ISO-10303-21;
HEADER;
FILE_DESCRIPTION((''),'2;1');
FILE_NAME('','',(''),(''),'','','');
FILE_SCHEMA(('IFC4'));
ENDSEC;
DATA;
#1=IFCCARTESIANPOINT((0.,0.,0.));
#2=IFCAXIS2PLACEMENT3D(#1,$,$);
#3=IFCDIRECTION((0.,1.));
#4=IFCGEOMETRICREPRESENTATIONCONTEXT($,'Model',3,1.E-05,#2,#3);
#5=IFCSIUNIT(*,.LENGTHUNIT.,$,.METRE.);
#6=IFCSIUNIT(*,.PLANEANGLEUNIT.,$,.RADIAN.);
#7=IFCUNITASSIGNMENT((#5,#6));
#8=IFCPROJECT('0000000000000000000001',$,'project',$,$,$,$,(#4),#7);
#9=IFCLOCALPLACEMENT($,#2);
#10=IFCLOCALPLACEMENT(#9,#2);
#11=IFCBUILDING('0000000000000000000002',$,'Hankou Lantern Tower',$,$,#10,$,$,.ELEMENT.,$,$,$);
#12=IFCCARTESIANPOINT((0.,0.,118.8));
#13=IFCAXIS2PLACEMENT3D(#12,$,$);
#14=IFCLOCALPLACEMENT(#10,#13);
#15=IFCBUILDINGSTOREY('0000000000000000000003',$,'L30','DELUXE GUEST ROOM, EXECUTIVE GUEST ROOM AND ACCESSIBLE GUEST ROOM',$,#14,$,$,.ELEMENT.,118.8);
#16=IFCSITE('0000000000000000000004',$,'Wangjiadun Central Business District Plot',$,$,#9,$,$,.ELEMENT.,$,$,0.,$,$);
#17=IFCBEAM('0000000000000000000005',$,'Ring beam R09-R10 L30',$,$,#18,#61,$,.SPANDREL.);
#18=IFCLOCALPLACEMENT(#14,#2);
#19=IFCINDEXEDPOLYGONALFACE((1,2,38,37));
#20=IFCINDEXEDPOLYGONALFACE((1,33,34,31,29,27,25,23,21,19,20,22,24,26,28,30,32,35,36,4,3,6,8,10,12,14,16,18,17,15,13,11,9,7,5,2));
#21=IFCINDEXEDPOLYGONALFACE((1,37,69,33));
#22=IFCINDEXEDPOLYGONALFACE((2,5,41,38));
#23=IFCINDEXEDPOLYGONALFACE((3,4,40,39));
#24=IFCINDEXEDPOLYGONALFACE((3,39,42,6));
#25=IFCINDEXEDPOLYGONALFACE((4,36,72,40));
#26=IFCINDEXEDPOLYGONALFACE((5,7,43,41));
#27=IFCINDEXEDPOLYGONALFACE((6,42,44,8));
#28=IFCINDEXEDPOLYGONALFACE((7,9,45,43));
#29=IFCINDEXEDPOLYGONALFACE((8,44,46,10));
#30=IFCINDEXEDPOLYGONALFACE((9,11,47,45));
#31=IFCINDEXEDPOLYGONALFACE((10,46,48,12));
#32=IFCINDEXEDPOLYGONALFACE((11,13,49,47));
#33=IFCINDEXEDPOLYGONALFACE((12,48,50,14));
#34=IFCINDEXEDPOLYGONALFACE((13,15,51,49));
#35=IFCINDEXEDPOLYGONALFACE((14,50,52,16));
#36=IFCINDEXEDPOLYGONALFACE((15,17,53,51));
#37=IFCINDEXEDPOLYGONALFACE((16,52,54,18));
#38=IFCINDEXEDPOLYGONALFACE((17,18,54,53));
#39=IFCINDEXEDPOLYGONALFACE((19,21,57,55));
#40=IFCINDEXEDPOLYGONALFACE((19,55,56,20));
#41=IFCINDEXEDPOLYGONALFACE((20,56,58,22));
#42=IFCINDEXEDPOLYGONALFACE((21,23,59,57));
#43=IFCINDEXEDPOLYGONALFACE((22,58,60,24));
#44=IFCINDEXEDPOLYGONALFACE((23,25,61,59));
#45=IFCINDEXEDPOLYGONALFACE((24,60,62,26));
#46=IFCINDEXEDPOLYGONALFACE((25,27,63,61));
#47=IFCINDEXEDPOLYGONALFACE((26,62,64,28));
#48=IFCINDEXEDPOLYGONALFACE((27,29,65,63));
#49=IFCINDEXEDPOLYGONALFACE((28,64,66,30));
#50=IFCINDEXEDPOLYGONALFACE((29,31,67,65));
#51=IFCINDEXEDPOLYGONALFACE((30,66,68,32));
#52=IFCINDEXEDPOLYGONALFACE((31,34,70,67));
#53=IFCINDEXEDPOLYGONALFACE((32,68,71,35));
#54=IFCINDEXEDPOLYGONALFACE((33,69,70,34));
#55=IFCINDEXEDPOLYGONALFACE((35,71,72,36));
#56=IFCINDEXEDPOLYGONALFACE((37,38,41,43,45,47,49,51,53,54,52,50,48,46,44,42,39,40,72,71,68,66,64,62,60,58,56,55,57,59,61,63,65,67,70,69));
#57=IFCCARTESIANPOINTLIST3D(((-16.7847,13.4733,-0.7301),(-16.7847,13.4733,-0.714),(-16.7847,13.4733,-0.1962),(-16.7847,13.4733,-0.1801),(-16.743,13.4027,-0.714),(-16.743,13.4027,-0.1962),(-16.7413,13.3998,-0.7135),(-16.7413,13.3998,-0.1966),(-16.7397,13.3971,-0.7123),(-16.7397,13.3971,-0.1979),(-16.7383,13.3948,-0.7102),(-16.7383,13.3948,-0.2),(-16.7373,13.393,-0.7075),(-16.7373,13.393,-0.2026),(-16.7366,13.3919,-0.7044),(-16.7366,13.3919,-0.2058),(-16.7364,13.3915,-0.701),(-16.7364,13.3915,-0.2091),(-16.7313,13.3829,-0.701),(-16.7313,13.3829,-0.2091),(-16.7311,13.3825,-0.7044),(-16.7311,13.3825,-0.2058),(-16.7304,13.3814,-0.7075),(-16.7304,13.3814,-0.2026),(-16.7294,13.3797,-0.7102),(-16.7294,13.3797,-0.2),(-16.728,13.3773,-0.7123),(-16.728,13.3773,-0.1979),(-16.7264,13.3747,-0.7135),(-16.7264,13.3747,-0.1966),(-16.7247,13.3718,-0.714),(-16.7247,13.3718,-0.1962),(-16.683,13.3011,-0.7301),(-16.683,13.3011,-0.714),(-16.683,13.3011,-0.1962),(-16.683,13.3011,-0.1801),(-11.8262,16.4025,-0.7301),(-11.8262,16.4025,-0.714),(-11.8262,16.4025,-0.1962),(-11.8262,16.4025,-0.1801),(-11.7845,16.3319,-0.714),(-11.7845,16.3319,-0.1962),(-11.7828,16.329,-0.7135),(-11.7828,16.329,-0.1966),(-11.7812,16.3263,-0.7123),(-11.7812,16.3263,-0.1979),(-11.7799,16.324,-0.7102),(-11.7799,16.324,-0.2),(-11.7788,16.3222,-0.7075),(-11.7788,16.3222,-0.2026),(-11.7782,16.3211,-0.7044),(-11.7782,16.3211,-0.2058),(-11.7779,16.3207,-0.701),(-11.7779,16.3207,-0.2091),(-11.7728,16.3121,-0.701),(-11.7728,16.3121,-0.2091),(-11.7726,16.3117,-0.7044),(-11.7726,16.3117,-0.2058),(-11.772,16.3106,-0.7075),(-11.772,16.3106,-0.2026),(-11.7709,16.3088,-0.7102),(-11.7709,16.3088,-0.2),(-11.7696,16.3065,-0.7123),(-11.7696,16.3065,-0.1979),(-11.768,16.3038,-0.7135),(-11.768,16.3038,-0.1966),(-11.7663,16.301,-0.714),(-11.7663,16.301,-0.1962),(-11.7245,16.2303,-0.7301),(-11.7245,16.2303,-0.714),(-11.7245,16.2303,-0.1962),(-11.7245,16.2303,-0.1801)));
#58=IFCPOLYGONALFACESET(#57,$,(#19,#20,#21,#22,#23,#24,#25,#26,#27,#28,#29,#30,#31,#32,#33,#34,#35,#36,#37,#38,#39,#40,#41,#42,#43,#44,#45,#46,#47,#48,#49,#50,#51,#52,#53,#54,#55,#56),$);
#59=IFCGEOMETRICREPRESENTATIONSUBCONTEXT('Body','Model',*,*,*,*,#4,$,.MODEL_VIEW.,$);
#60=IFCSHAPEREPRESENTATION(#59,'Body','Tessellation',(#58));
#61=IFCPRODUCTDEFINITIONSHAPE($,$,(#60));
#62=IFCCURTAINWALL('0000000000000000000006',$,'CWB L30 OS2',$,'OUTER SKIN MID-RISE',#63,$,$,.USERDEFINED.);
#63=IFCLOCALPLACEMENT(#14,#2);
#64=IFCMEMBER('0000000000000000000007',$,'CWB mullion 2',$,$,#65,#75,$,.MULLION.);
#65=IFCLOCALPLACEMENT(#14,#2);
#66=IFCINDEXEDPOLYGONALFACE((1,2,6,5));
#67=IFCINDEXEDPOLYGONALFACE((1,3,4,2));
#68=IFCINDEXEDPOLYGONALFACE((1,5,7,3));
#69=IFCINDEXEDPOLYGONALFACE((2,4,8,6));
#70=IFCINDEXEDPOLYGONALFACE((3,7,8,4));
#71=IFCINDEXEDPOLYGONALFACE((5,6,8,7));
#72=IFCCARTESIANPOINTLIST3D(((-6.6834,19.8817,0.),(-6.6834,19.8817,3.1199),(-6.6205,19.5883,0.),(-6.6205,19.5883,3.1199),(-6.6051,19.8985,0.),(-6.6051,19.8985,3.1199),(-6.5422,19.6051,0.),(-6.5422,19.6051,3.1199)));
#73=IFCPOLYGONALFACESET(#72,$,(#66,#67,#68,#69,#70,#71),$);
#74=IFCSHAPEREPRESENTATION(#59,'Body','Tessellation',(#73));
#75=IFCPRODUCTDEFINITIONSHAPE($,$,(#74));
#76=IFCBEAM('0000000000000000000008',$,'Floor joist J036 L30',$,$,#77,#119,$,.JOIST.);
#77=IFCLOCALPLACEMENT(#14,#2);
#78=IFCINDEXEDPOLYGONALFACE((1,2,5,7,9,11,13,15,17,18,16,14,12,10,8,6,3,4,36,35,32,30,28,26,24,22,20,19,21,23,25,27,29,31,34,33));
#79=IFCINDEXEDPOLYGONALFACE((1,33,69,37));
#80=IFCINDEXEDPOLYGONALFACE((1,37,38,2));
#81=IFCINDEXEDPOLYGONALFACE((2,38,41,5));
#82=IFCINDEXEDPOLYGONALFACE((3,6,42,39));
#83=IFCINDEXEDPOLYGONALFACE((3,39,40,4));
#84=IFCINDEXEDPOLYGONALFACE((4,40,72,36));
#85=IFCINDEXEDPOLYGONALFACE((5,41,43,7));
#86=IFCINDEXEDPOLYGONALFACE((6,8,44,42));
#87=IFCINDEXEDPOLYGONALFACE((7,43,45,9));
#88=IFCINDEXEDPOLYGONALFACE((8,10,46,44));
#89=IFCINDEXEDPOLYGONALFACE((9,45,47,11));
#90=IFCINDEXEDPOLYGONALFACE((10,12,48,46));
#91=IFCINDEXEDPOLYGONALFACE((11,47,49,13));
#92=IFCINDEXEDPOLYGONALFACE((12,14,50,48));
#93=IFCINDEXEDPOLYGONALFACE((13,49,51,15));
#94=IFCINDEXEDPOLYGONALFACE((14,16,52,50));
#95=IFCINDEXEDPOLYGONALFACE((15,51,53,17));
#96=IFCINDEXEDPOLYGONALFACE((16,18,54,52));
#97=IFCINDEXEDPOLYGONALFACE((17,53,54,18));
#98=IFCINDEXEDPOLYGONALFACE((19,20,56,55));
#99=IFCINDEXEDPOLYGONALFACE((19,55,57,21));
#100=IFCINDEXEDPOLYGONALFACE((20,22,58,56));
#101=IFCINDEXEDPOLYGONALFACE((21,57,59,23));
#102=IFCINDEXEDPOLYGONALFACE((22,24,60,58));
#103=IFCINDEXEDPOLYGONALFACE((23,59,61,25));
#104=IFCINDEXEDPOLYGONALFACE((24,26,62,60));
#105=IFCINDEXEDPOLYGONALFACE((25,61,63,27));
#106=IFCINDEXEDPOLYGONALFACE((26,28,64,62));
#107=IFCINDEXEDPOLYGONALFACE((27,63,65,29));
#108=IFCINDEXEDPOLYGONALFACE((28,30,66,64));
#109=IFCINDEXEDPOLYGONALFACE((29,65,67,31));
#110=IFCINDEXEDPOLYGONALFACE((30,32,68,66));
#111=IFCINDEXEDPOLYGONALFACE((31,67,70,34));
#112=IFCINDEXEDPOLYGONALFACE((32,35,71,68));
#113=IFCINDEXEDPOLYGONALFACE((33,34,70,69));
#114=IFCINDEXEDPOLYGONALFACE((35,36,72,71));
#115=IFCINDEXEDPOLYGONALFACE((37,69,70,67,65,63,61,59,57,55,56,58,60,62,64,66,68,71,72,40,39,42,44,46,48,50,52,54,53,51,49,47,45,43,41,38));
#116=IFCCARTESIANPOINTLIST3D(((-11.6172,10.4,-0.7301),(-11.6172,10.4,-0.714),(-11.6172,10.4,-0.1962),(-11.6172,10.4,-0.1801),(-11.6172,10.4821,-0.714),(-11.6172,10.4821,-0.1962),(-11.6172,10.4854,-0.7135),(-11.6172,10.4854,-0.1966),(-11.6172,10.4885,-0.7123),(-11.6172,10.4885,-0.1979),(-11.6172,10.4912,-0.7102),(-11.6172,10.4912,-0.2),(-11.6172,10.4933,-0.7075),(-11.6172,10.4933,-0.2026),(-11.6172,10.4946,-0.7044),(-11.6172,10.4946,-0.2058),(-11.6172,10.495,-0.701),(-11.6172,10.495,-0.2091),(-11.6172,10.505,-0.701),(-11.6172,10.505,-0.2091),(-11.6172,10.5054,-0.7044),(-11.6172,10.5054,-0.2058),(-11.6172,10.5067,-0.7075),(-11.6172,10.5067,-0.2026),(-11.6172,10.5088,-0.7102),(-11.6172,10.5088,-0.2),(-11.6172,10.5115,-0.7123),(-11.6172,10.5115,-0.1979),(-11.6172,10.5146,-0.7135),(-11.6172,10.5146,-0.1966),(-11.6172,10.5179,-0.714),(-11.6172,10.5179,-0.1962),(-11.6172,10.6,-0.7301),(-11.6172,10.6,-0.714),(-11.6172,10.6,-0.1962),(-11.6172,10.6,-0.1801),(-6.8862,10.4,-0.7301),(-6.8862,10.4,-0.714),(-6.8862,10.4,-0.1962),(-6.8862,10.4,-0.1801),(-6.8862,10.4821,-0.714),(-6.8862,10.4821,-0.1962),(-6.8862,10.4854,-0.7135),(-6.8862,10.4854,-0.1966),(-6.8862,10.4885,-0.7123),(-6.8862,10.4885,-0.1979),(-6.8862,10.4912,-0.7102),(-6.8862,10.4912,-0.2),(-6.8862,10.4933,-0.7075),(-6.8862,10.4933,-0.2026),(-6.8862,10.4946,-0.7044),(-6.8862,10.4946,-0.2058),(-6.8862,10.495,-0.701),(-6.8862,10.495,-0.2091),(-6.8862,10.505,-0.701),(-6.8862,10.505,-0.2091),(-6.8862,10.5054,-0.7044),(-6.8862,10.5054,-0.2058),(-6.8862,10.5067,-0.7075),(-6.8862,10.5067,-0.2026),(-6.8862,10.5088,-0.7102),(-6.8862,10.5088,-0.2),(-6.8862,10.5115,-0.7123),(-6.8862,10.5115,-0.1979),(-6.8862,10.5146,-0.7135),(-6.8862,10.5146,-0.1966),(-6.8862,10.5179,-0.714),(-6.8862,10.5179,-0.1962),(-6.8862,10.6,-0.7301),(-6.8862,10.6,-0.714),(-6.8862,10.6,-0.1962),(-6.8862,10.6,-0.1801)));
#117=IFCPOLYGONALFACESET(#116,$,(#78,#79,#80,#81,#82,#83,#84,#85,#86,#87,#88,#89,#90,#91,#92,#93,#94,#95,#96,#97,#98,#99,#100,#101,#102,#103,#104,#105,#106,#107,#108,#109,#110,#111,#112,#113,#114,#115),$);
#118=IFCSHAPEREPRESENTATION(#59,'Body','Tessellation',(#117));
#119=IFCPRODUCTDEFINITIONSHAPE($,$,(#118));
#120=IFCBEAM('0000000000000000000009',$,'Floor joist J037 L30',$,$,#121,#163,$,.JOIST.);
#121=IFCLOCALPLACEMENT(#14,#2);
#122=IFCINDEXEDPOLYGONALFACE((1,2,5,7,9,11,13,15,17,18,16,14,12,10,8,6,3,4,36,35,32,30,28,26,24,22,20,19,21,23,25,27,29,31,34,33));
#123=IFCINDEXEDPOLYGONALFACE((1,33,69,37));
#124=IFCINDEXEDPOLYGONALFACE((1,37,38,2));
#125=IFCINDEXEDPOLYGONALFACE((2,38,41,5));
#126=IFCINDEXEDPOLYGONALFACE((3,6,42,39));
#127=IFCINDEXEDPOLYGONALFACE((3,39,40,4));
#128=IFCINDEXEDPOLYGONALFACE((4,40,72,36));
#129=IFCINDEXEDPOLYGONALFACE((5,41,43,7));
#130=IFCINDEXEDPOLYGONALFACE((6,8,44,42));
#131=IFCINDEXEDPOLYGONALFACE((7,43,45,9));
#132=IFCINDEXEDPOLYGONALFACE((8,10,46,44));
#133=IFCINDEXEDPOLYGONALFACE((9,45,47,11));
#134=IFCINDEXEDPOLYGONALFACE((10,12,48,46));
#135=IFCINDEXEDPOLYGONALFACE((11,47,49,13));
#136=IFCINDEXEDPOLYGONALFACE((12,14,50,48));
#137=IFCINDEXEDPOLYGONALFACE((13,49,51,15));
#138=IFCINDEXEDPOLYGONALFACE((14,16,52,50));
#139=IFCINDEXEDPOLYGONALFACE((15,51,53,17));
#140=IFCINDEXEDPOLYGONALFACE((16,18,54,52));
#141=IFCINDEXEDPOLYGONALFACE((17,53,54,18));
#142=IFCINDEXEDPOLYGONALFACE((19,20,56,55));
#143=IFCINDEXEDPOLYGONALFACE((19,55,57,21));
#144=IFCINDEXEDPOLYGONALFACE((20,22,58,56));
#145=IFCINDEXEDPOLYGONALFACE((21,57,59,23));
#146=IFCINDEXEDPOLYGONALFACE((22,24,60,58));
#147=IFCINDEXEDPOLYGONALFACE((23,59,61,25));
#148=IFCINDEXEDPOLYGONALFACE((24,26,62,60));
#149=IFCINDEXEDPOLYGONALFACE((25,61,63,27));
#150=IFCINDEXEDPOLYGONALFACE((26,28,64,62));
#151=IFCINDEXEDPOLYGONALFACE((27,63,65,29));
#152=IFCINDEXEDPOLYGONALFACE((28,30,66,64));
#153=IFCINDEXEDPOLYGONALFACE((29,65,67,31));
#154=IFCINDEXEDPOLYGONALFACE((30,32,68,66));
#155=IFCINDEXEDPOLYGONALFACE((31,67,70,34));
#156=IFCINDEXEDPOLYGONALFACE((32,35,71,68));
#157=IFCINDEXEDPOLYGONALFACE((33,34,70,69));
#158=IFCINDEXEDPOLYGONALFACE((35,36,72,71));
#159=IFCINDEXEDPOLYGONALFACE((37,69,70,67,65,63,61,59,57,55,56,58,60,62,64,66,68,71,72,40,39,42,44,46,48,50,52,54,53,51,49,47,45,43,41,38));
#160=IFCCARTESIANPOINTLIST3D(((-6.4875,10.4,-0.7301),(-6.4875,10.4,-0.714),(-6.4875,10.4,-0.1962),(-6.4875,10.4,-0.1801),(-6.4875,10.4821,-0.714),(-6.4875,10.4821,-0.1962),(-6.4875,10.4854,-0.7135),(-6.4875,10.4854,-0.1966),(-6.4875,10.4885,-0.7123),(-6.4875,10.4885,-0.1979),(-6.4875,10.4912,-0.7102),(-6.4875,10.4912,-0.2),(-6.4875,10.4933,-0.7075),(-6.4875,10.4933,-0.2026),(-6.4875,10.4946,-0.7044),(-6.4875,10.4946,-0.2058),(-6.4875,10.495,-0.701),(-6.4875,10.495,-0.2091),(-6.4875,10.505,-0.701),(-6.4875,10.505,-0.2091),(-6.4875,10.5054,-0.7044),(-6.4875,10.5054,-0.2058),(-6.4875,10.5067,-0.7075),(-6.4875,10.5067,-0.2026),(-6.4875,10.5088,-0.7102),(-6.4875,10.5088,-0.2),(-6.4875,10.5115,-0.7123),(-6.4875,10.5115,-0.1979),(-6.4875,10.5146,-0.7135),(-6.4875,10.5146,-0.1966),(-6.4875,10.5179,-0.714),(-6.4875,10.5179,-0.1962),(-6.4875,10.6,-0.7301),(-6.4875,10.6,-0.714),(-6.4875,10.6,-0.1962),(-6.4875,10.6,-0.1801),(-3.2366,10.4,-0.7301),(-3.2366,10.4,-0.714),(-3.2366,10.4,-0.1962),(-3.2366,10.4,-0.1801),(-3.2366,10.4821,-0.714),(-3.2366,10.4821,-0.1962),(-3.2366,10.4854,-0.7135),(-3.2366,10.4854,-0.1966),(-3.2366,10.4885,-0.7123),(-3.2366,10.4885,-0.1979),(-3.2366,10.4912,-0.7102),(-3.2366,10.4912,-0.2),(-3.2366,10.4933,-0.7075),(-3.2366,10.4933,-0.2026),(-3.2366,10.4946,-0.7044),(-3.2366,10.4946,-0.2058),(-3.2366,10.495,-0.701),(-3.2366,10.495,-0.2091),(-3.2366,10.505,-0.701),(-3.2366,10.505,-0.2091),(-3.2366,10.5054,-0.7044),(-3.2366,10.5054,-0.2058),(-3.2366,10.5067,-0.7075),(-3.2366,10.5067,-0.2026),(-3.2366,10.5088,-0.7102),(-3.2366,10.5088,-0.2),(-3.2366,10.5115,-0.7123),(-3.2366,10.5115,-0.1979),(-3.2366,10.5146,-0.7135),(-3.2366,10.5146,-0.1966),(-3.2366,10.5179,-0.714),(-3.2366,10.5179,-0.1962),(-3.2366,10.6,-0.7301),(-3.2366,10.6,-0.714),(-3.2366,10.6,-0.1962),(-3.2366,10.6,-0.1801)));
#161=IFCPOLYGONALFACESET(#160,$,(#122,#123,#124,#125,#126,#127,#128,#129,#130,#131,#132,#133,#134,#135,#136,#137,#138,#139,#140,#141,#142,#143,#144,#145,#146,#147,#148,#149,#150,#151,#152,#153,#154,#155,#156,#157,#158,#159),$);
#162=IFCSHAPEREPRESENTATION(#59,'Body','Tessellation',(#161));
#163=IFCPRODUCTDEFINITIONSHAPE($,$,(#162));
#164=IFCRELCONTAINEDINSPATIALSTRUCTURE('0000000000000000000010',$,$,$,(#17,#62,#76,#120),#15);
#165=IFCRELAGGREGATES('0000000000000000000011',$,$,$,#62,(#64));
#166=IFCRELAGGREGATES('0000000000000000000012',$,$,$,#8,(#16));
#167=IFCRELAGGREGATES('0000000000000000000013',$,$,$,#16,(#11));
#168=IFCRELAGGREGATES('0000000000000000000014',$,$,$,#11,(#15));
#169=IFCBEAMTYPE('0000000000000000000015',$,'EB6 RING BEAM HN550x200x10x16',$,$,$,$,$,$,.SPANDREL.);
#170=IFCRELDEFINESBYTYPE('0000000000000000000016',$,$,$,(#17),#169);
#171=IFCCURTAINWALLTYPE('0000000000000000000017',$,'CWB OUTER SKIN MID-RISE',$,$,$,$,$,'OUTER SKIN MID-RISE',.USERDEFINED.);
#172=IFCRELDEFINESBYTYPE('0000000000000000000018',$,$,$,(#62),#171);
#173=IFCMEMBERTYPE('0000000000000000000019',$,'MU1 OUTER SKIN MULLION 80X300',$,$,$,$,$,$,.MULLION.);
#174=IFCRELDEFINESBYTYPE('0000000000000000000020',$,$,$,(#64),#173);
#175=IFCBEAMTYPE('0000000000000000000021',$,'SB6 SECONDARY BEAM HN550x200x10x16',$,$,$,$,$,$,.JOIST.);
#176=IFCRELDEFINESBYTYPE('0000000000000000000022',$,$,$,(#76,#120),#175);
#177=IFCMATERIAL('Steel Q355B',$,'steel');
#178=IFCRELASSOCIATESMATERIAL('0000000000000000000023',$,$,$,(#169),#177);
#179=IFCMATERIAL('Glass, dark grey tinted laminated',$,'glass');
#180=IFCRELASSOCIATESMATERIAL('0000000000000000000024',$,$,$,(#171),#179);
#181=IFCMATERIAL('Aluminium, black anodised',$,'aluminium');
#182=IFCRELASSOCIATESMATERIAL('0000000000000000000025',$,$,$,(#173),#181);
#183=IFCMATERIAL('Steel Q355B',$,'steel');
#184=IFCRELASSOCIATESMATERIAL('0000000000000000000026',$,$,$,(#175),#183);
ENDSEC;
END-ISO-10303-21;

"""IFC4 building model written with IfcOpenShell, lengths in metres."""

from ifc_helpers import new_model, si_unit, direction, frame, origin, origin_2d, place, context, subcontext, project, spatial, rectangle, i_section, extrude, material, material_profile, profile_set, type_object, element, aggregate, save


model = new_model("IFC4")

# Units and contexts
model_context = context("Model", 3, precision=1e-05, world=origin(), true_north=direction((0.0, 1.0)))
body_context = subcontext(model_context, "Body", "Model", "MODEL_VIEW")
ifc_project = project(units=[si_unit("LENGTHUNIT", "METRE"), si_unit("PLANEANGLEUNIT", "RADIAN")], contexts=[model_context])

# Site, building, storey
site_placement = place(None, origin())
site = spatial("IfcSite", under=ifc_project, at=site_placement, Name="Wangjiadun Central Business District Plot", CompositionType="ELEMENT", RefElevation=0.0)
building_placement = place(site_placement, origin())
building = spatial("IfcBuilding", under=site, at=building_placement, Name="Hankou Lantern Tower", CompositionType="ELEMENT")
storey_placement = place(building_placement, frame((0.0, 0.0, 118.8)))
storey = spatial("IfcBuildingStorey", under=building, at=storey_placement, Name="L30", Description="DELUXE GUEST ROOM, EXECUTIVE GUEST ROOM AND ACCESSIBLE GUEST ROOM", CompositionType="ELEMENT", Elevation=118.8)

# Beam
ifc_material_1 = material(Name="Steel Q355B", Category="steel")
ifc_material_profile_1 = material_profile(ifc_material_1, i_section(OverallWidth=0.2, OverallDepth=0.55, WebThickness=0.01, FlangeThickness=0.0161, FilletRadius=0.0129, at=origin_2d()), Name="HN550x200x10x16")
ifc_profile_set_1 = profile_set([ifc_material_profile_1], Name="Steel Q355B")
beam_type_1 = type_object("IfcBeamType", Name="EB6 RING BEAM HN550x200x10x16", PredefinedType="SPANDREL", material=ifc_profile_set_1)
beam_1_placement = place(storey_placement, frame((-11.7754, 16.3164, -0.4551), z_axis=(-0.860989, -0.508624, 0.0), x_axis=(0.508624, -0.860989, 0.0)))
element("IfcBeam", 1, at=beam_1_placement, inside=storey, type_object=beam_type_1, Name="Ring beam R09-R10 L30", PredefinedType="SPANDREL", context=body_context, shape_type="SweptSolid", body=[
    extrude(i_section(OverallWidth=0.2, OverallDepth=0.55, WebThickness=0.01, FlangeThickness=0.0161, FilletRadius=0.0129, at=origin_2d()), origin(), (0.0, 0.0, 1.0), 5.759),
])

# Curtain wall, member
ifc_material_2 = material(Name="Glass, dark grey tinted laminated", Category="glass")
curtain_wall_type = type_object("IfcCurtainWallType", Name="CWB OUTER SKIN MID-RISE", ElementType="OUTER SKIN MID-RISE", PredefinedType="USERDEFINED", material=ifc_material_2)
curtain_wall_placement = place(storey_placement, origin())
curtain_wall = element("IfcCurtainWall", 2, at=curtain_wall_placement, inside=storey, type_object=curtain_wall_type, Name="CWB L30 OS2", ObjectType="OUTER SKIN MID-RISE", PredefinedType="USERDEFINED")
ifc_material_3 = material(Name="Aluminium, black anodised", Category="aluminium")
ifc_material_profile_2 = material_profile(ifc_material_3, rectangle(XDim=0.0801, YDim=0.3, at=origin_2d()), Name="MU1 80X300")
ifc_profile_set_2 = profile_set([ifc_material_profile_2], Name="Aluminium, black anodised")
member_type_1 = type_object("IfcMemberType", Name="MU1 OUTER SKIN MULLION 80X300", PredefinedType="MULLION", material=ifc_profile_set_2)
member_1_placement = place(storey_placement, frame((-6.6128, 19.7434, 0.0), z_axis=(0.0, 0.0, 1.0), x_axis=(-0.977788, -0.209598, 0.0)))
member_1 = element("IfcMember", 3, at=member_1_placement, type_object=member_type_1, Name="CWB mullion 2", PredefinedType="MULLION", context=body_context, shape_type="SweptSolid", body=[
    extrude(rectangle(XDim=0.0801, YDim=0.3, at=origin_2d()), origin(), (0.0, 0.0, 1.0), 3.1199),
])

# Beams
ifc_material_4 = material(Name="Steel Q355B", Category="steel")
ifc_material_profile_3 = material_profile(ifc_material_4, i_section(OverallWidth=0.2, OverallDepth=0.55, WebThickness=0.01, FlangeThickness=0.0161, FilletRadius=0.0129, at=origin_2d()), Name="HN550x200x10x16")
ifc_profile_set_3 = profile_set([ifc_material_profile_3], Name="Steel Q355B")
beam_type_2 = type_object("IfcBeamType", Name="SB6 SECONDARY BEAM HN550x200x10x16", PredefinedType="JOIST", material=ifc_profile_set_3)
beam_2_placement = place(storey_placement, frame((-11.6172, 10.5, -0.4551), z_axis=(1.0, 0.0, 0.0), x_axis=(0.0, 1.0, 0.0)))
element("IfcBeam", 4, at=beam_2_placement, inside=storey, type_object=beam_type_2, Name="Floor joist J036 L30", PredefinedType="JOIST", context=body_context, shape_type="SweptSolid", body=[
    extrude(i_section(OverallWidth=0.2, OverallDepth=0.55, WebThickness=0.01, FlangeThickness=0.0161, FilletRadius=0.0129, at=origin_2d()), origin(), (0.0, 0.0, 1.0), 4.731),
])
beam_3_placement = place(storey_placement, frame((-6.4875, 10.5, -0.4551), z_axis=(1.0, 0.0, 0.0), x_axis=(0.0, 1.0, 0.0)))
element("IfcBeam", 5, at=beam_3_placement, inside=storey, type_object=beam_type_2, Name="Floor joist J037 L30", PredefinedType="JOIST", context=body_context, shape_type="SweptSolid", body=[
    extrude(i_section(OverallWidth=0.2, OverallDepth=0.55, WebThickness=0.01, FlangeThickness=0.0161, FilletRadius=0.0129, at=origin_2d()), origin(), (0.0, 0.0, 1.0), 3.251),
])

aggregate(curtain_wall, [member_1])

save(model, "model.ifc")
